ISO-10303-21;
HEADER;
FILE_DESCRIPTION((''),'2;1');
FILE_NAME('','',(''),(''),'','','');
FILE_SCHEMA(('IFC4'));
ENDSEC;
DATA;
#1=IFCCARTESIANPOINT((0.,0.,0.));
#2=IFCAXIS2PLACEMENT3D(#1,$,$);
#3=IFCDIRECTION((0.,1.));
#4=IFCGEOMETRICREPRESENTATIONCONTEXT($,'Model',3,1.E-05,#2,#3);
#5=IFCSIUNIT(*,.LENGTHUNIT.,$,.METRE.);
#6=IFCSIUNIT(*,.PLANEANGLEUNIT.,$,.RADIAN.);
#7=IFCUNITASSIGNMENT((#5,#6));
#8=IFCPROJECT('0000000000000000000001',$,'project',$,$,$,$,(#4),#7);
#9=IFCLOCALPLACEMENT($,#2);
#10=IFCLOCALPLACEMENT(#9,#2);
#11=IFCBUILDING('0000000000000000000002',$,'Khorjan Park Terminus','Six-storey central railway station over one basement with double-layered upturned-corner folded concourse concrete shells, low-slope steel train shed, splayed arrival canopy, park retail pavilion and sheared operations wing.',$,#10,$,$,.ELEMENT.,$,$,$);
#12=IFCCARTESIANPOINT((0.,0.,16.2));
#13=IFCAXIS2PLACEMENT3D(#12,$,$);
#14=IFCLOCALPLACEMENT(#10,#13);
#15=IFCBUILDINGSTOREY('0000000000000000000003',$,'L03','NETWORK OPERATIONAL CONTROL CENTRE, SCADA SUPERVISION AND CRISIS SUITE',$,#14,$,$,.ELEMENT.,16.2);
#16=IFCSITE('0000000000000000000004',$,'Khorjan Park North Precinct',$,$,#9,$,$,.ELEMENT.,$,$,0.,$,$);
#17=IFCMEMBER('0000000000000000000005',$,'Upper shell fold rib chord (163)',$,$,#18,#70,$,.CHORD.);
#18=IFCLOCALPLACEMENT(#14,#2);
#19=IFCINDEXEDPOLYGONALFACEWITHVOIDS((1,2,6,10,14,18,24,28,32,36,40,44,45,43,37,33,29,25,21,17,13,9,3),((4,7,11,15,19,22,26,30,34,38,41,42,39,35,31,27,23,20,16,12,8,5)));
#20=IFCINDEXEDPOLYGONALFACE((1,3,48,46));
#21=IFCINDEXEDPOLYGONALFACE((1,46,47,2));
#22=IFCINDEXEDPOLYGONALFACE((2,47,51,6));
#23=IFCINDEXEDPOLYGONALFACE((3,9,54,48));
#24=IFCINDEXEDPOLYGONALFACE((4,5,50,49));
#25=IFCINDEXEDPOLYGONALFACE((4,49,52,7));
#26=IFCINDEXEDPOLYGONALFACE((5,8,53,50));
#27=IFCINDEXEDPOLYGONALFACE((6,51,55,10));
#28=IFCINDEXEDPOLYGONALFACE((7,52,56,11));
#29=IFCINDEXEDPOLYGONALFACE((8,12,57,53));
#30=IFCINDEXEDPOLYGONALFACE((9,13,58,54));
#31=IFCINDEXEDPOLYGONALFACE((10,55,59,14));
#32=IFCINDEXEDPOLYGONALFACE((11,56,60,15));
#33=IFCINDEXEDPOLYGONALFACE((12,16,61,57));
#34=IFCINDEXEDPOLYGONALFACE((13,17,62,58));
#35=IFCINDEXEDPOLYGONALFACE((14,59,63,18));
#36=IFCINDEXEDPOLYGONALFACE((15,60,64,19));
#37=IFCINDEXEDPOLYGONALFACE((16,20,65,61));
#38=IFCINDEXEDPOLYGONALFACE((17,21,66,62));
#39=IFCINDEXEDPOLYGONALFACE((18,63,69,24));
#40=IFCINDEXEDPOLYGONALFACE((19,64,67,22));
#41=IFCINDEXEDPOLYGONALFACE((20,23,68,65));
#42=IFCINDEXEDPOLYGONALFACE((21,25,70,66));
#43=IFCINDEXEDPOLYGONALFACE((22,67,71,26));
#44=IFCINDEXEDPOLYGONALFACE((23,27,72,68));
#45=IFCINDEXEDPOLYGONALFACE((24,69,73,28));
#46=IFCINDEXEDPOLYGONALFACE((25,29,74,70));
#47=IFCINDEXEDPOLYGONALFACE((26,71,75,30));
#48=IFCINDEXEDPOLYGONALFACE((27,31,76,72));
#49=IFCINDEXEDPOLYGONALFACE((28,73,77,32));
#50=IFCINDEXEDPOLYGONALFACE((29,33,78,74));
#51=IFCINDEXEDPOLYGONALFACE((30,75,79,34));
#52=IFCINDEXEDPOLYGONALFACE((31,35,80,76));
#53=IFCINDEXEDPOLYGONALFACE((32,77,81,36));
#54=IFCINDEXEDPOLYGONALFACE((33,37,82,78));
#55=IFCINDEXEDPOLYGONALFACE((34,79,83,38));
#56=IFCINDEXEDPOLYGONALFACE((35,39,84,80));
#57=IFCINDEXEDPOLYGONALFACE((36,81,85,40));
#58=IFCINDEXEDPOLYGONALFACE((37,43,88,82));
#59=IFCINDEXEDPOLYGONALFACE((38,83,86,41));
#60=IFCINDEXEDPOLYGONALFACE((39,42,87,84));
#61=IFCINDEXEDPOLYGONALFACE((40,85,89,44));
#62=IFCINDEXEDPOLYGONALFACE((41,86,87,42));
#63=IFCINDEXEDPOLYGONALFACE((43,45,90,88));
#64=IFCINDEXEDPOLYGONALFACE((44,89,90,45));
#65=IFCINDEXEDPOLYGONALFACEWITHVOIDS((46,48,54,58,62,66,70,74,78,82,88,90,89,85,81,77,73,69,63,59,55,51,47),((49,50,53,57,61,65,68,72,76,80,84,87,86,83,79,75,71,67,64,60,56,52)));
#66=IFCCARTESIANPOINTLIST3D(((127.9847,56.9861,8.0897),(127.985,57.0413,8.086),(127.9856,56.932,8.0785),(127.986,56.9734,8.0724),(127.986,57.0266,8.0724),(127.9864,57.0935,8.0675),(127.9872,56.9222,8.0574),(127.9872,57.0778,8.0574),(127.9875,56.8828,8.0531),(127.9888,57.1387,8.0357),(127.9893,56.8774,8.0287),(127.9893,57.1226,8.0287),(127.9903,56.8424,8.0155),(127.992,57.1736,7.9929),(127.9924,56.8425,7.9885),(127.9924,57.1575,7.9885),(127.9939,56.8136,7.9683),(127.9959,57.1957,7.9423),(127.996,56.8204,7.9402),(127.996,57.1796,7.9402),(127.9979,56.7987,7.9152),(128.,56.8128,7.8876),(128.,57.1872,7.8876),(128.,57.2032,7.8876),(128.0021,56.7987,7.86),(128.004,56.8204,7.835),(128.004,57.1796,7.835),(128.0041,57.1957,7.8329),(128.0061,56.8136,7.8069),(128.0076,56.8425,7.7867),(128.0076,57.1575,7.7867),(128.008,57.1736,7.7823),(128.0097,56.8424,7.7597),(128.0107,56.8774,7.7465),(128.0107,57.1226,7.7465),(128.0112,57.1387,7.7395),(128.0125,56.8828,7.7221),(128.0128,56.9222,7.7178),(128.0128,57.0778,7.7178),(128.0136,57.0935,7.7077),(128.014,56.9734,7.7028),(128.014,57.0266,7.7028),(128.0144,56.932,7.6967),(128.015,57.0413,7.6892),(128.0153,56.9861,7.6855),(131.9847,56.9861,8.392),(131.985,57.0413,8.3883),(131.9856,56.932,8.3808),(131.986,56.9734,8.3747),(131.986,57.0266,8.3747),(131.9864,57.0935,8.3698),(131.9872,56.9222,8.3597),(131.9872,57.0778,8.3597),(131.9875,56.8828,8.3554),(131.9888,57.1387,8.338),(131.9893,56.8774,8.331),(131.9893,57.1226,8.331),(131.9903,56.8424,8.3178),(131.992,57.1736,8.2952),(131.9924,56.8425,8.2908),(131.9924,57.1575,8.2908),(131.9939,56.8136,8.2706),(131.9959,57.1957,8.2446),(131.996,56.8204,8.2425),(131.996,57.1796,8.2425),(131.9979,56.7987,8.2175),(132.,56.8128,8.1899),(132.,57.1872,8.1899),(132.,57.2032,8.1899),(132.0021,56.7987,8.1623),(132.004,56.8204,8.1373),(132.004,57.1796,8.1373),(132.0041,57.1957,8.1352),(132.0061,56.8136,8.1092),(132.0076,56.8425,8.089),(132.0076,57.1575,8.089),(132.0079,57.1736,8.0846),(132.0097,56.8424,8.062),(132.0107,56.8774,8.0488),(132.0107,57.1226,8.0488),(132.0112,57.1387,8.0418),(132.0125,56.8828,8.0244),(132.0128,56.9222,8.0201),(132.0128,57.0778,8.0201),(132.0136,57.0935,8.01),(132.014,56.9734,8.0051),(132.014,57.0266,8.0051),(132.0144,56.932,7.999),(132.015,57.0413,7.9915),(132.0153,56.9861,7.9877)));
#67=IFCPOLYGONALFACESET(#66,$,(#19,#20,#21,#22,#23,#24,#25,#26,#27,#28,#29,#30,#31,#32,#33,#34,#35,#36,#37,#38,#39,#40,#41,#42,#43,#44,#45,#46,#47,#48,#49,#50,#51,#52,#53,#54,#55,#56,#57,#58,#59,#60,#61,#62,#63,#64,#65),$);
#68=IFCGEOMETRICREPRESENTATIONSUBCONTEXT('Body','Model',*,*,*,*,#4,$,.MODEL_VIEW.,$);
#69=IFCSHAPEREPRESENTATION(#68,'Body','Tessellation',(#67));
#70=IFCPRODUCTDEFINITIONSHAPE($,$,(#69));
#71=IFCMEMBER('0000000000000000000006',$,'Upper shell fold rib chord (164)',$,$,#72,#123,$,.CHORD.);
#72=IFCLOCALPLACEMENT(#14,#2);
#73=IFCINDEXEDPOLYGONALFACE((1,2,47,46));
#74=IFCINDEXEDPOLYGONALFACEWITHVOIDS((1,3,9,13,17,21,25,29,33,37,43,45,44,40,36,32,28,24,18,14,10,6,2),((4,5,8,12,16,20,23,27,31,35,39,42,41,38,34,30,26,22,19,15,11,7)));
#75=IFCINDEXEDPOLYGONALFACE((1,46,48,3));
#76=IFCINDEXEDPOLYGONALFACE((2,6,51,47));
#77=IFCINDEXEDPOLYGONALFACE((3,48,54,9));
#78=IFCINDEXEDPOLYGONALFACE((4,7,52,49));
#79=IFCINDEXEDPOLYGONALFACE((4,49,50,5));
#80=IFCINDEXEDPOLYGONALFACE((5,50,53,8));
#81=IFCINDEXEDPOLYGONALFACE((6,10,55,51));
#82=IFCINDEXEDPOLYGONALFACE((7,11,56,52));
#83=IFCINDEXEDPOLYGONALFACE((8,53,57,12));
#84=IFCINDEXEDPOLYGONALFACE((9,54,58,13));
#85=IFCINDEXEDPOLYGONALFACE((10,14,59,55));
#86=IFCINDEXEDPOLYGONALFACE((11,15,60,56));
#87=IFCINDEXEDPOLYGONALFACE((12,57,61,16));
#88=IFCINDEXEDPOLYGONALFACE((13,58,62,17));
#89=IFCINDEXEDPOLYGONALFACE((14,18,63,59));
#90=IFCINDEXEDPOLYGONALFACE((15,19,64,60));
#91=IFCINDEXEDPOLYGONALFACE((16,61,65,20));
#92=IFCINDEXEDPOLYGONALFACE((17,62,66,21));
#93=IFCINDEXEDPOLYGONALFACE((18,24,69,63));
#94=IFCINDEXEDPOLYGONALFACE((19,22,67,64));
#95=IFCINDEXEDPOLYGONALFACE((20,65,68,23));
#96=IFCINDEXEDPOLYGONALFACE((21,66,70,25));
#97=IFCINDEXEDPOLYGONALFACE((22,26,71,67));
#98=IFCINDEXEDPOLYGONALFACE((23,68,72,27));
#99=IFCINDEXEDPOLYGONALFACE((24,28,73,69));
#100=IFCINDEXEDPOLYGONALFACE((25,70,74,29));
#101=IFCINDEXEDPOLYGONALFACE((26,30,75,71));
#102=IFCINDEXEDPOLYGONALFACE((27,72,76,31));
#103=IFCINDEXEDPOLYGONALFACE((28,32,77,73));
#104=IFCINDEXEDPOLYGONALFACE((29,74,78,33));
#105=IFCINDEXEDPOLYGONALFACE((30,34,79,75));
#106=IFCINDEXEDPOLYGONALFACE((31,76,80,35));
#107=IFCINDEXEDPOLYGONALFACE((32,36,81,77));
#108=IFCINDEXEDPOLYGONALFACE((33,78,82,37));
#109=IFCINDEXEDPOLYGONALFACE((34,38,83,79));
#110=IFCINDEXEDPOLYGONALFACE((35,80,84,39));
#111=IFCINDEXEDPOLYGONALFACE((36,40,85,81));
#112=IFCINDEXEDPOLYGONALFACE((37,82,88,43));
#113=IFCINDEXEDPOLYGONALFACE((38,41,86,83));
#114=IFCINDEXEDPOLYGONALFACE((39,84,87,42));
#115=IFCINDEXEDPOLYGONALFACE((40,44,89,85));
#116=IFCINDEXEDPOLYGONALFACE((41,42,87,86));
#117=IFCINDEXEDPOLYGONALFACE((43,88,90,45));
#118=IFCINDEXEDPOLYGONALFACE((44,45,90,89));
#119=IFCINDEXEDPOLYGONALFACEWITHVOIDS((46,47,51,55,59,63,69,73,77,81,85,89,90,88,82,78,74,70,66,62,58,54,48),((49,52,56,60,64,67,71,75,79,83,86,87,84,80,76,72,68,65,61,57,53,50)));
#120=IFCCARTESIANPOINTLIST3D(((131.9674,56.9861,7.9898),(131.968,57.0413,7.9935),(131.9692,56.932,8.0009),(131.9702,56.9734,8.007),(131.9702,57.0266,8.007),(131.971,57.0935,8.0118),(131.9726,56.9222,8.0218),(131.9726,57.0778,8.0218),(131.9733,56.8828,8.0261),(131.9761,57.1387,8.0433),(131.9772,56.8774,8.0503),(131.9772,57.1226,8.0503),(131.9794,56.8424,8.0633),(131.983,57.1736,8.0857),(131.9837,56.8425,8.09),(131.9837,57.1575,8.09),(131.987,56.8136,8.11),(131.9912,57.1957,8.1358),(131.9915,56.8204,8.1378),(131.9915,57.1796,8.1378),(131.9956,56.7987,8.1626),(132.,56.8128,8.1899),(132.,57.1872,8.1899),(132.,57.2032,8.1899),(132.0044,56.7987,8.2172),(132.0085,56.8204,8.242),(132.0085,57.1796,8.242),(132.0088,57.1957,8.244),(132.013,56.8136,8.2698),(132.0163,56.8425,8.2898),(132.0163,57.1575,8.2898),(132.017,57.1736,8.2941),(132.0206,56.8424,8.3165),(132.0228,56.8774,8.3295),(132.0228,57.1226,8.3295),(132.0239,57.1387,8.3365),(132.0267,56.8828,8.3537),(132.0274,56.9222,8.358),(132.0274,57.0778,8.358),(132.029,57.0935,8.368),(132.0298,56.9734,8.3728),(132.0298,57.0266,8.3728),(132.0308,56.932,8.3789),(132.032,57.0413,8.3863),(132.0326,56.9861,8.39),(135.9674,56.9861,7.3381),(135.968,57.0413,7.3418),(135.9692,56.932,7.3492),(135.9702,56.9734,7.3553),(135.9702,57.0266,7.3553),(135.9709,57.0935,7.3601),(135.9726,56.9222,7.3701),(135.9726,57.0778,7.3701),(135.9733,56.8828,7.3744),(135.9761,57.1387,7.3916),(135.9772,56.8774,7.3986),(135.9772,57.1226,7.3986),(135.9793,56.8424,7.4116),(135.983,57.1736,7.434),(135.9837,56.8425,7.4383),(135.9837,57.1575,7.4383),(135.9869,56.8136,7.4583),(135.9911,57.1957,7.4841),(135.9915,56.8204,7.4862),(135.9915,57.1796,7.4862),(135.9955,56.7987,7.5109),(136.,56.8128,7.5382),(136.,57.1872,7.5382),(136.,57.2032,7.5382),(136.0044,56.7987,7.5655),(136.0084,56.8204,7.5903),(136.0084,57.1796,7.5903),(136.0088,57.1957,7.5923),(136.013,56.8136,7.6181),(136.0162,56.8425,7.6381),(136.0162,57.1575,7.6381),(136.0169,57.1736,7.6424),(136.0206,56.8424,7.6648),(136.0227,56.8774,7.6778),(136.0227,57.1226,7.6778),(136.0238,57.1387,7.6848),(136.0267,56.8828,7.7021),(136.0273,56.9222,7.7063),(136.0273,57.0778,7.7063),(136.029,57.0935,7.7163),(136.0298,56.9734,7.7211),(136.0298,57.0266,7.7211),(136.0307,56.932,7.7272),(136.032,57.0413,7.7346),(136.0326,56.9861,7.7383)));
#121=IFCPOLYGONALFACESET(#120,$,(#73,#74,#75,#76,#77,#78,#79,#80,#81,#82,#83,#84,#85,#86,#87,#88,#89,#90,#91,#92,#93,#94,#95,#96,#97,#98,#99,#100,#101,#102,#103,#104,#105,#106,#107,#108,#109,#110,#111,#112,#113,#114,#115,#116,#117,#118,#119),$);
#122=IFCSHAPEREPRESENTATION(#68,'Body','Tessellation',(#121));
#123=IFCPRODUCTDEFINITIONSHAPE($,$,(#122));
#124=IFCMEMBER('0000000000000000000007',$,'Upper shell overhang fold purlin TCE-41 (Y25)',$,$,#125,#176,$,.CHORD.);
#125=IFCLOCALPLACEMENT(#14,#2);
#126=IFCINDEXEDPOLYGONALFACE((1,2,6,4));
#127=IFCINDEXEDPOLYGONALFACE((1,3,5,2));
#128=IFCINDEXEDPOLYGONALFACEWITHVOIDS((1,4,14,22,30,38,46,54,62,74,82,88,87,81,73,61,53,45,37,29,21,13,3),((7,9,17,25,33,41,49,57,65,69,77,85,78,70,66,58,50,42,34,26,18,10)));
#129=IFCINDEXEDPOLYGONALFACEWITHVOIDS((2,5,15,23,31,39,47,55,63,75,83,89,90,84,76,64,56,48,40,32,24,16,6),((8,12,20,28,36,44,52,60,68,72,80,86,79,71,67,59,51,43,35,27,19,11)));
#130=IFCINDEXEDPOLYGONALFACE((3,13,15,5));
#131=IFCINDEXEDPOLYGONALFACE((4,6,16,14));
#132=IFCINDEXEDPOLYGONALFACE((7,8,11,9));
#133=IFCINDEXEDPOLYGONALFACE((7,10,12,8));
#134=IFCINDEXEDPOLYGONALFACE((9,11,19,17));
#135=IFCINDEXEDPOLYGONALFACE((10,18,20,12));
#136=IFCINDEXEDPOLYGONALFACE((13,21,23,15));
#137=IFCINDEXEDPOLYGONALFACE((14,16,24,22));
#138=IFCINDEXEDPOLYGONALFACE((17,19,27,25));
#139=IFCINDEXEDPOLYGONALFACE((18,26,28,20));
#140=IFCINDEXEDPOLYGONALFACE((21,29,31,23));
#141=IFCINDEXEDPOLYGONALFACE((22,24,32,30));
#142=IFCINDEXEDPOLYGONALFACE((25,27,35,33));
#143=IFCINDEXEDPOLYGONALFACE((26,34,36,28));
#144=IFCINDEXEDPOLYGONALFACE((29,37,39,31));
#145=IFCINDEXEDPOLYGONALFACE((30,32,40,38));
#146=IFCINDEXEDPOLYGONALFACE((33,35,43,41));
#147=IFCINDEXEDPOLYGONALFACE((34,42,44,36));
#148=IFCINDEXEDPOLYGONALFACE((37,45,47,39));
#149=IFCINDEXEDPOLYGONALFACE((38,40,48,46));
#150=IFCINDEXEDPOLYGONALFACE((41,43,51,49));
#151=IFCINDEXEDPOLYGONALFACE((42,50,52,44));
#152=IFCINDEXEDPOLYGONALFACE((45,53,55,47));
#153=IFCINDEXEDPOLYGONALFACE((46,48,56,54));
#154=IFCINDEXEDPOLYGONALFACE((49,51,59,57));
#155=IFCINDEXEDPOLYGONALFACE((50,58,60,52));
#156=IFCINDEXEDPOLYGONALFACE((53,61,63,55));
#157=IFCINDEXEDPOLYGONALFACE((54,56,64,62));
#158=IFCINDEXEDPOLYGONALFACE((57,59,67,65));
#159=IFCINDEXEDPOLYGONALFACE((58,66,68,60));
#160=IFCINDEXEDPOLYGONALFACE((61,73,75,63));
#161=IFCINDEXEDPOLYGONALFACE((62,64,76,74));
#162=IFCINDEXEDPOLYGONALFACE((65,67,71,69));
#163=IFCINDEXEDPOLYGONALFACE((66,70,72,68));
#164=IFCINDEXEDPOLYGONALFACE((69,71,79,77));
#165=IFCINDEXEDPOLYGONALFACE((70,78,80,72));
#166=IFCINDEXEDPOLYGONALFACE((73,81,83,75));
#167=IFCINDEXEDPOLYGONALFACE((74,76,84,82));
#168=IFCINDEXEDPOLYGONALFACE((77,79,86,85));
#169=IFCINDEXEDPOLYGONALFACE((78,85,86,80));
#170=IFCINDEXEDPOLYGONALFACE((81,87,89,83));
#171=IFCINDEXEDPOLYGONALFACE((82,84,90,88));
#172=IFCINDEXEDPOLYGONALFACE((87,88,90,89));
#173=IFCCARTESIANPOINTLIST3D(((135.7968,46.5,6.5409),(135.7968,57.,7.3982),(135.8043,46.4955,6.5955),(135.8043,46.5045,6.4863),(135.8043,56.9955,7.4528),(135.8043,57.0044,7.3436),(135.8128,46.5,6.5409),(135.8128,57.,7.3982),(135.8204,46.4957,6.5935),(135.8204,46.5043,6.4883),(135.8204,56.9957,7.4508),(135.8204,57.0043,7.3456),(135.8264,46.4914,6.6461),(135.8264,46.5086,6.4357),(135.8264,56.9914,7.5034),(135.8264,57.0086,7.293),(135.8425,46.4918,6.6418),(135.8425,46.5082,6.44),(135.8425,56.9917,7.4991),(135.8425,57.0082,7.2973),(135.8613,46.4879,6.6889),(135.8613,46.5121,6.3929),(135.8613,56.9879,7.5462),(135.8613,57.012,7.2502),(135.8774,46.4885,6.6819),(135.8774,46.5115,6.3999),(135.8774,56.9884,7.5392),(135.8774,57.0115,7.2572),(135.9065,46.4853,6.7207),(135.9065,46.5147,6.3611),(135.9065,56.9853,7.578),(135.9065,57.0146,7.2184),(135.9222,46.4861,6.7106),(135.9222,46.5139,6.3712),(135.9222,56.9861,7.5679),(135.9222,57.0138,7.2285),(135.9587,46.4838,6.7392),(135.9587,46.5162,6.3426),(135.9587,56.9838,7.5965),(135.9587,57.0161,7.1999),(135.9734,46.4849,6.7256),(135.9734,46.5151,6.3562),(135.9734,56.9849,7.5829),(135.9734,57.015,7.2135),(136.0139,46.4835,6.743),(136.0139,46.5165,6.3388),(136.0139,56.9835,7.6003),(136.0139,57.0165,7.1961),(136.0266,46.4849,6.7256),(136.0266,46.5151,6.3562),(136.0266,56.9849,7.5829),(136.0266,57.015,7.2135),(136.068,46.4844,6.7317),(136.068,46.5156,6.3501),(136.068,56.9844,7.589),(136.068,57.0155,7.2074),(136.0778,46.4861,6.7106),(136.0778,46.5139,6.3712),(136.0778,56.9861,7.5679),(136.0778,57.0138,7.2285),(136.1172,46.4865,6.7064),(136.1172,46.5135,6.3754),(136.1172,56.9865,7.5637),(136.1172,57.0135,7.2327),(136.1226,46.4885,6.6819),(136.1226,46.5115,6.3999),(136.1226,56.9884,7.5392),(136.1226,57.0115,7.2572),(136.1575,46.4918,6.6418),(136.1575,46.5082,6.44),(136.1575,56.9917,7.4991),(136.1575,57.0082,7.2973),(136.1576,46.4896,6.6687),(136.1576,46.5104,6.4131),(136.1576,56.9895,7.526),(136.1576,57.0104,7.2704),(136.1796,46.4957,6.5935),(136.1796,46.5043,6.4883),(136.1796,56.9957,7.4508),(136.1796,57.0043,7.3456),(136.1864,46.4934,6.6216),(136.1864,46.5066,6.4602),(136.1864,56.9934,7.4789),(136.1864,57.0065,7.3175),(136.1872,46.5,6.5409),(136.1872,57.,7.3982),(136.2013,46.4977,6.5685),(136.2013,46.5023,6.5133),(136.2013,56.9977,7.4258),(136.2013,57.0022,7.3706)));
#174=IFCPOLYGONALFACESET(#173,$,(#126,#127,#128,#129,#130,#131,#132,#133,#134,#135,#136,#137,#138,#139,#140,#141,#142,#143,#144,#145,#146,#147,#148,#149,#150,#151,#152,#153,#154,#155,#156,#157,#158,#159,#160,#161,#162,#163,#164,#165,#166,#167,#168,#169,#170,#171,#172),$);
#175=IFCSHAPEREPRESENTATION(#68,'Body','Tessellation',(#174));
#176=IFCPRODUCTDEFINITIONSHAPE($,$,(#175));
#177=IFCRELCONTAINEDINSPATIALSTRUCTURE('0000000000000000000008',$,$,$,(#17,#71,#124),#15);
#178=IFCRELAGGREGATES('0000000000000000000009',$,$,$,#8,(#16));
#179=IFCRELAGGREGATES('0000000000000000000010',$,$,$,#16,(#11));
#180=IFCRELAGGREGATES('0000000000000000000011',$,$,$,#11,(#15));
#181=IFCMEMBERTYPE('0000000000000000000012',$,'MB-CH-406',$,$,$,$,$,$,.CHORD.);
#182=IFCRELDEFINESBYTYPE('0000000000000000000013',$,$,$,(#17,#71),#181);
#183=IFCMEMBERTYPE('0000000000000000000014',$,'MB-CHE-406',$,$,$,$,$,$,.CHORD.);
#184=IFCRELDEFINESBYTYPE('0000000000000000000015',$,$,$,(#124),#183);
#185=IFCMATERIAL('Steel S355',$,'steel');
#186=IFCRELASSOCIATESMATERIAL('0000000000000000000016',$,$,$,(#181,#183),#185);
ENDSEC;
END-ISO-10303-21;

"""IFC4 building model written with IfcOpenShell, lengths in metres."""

from ifc_helpers import new_model, si_unit, direction, frame, origin, origin_2d, place, context, subcontext, project, spatial, hollow_circle, extrude, material, material_profile, profile_set, type_object, element, save


model = new_model("IFC4")

# Units and contexts
model_context = context("Model", 3, precision=1e-05, world=origin(), true_north=direction((0.0, 1.0)))
body_context = subcontext(model_context, "Body", "Model", "MODEL_VIEW")
ifc_project = project(units=[si_unit("LENGTHUNIT", "METRE"), si_unit("PLANEANGLEUNIT", "RADIAN")], contexts=[model_context])

# Site, building, storey
site_placement = place(None, origin())
site = spatial("IfcSite", under=ifc_project, at=site_placement, Name="Khorjan Park North Precinct", CompositionType="ELEMENT", RefElevation=0.0)
building_placement = place(site_placement, origin())
building = spatial("IfcBuilding", under=site, at=building_placement, Name="Khorjan Park Terminus", Description="Six-storey central railway station over one basement with double-layered upturned-corner folded concourse concrete shells, low-slope steel train shed, splayed arrival canopy, park retail pavilion and sheared operations wing.", CompositionType="ELEMENT")
storey_placement = place(building_placement, frame((0.0, 0.0, 16.2)))
storey = spatial("IfcBuildingStorey", under=building, at=storey_placement, Name="L03", Description="NETWORK OPERATIONAL CONTROL CENTRE, SCADA SUPERVISION AND CRISIS SUITE", CompositionType="ELEMENT", Elevation=16.2)

# Members
ifc_material_1 = material(Name="Steel S355", Category="steel")
ifc_material_profile_1 = material_profile(ifc_material_1, hollow_circle(Radius=0.2032, WallThickness=0.016, at=origin_2d()), Name="CHS 406.4x16")
ifc_profile_set_1 = profile_set([ifc_material_profile_1], Name="Steel S355")
member_type_1 = type_object("IfcMemberType", Name="MB-CH-406", PredefinedType="CHORD", material=ifc_profile_set_1)
member_1_placement = place(storey_placement, frame((128.0, 57.0, 7.8876), z_axis=(0.997156, 0.0, 0.07536), x_axis=(0.0, 1.0, 0.0)))
element("IfcMember", 1, at=member_1_placement, inside=storey, type_object=member_type_1, Name="Upper shell fold rib chord (163)", PredefinedType="CHORD", context=body_context, shape_type="SweptSolid", body=[
    extrude(hollow_circle(Radius=0.2032, WallThickness=0.016, at=origin_2d()), origin(), (0.0, 0.0, 1.0), 4.0114),
])
member_2_placement = place(storey_placement, frame((132.0, 57.0, 8.1899), z_axis=(0.986986, 0.0, -0.160805), x_axis=(0.0, 1.0, 0.0)))
element("IfcMember", 2, at=member_2_placement, inside=storey, type_object=member_type_1, Name="Upper shell fold rib chord (164)", PredefinedType="CHORD", context=body_context, shape_type="SweptSolid", body=[
    extrude(hollow_circle(Radius=0.2032, WallThickness=0.016, at=origin_2d()), origin(), (0.0, 0.0, 1.0), 4.0527),
])
ifc_material_profile_2 = material_profile(ifc_material_1, hollow_circle(Radius=0.2032, WallThickness=0.016, at=origin_2d()), Name="CHS 406.4x16")
ifc_profile_set_2 = profile_set([ifc_material_profile_2], Name="Steel S355")
member_type_2 = type_object("IfcMemberType", Name="MB-CHE-406", PredefinedType="CHORD", material=ifc_profile_set_2)
for number, where, z_axis, x_axis, name in (
    (3, (136.0, 46.5, 6.5409), (0.0, 0.996683, 0.081377), (-1.0, 0.0, 0.0), "Upper shell overhang fold purlin TCE-41 (Y25)"),
):
    element("IfcMember", number, at=place(storey_placement, frame(where, z_axis=z_axis, x_axis=x_axis)), inside=storey, type_object=member_type_2, Name=name, PredefinedType="CHORD", context=body_context, shape_type="SweptSolid", body=[
        extrude(hollow_circle(Radius=0.2032, WallThickness=0.016, at=origin_2d()), origin(), (0.0, 0.0, 1.0), 10.5349),
    ])

save(model, "model.ifc")
